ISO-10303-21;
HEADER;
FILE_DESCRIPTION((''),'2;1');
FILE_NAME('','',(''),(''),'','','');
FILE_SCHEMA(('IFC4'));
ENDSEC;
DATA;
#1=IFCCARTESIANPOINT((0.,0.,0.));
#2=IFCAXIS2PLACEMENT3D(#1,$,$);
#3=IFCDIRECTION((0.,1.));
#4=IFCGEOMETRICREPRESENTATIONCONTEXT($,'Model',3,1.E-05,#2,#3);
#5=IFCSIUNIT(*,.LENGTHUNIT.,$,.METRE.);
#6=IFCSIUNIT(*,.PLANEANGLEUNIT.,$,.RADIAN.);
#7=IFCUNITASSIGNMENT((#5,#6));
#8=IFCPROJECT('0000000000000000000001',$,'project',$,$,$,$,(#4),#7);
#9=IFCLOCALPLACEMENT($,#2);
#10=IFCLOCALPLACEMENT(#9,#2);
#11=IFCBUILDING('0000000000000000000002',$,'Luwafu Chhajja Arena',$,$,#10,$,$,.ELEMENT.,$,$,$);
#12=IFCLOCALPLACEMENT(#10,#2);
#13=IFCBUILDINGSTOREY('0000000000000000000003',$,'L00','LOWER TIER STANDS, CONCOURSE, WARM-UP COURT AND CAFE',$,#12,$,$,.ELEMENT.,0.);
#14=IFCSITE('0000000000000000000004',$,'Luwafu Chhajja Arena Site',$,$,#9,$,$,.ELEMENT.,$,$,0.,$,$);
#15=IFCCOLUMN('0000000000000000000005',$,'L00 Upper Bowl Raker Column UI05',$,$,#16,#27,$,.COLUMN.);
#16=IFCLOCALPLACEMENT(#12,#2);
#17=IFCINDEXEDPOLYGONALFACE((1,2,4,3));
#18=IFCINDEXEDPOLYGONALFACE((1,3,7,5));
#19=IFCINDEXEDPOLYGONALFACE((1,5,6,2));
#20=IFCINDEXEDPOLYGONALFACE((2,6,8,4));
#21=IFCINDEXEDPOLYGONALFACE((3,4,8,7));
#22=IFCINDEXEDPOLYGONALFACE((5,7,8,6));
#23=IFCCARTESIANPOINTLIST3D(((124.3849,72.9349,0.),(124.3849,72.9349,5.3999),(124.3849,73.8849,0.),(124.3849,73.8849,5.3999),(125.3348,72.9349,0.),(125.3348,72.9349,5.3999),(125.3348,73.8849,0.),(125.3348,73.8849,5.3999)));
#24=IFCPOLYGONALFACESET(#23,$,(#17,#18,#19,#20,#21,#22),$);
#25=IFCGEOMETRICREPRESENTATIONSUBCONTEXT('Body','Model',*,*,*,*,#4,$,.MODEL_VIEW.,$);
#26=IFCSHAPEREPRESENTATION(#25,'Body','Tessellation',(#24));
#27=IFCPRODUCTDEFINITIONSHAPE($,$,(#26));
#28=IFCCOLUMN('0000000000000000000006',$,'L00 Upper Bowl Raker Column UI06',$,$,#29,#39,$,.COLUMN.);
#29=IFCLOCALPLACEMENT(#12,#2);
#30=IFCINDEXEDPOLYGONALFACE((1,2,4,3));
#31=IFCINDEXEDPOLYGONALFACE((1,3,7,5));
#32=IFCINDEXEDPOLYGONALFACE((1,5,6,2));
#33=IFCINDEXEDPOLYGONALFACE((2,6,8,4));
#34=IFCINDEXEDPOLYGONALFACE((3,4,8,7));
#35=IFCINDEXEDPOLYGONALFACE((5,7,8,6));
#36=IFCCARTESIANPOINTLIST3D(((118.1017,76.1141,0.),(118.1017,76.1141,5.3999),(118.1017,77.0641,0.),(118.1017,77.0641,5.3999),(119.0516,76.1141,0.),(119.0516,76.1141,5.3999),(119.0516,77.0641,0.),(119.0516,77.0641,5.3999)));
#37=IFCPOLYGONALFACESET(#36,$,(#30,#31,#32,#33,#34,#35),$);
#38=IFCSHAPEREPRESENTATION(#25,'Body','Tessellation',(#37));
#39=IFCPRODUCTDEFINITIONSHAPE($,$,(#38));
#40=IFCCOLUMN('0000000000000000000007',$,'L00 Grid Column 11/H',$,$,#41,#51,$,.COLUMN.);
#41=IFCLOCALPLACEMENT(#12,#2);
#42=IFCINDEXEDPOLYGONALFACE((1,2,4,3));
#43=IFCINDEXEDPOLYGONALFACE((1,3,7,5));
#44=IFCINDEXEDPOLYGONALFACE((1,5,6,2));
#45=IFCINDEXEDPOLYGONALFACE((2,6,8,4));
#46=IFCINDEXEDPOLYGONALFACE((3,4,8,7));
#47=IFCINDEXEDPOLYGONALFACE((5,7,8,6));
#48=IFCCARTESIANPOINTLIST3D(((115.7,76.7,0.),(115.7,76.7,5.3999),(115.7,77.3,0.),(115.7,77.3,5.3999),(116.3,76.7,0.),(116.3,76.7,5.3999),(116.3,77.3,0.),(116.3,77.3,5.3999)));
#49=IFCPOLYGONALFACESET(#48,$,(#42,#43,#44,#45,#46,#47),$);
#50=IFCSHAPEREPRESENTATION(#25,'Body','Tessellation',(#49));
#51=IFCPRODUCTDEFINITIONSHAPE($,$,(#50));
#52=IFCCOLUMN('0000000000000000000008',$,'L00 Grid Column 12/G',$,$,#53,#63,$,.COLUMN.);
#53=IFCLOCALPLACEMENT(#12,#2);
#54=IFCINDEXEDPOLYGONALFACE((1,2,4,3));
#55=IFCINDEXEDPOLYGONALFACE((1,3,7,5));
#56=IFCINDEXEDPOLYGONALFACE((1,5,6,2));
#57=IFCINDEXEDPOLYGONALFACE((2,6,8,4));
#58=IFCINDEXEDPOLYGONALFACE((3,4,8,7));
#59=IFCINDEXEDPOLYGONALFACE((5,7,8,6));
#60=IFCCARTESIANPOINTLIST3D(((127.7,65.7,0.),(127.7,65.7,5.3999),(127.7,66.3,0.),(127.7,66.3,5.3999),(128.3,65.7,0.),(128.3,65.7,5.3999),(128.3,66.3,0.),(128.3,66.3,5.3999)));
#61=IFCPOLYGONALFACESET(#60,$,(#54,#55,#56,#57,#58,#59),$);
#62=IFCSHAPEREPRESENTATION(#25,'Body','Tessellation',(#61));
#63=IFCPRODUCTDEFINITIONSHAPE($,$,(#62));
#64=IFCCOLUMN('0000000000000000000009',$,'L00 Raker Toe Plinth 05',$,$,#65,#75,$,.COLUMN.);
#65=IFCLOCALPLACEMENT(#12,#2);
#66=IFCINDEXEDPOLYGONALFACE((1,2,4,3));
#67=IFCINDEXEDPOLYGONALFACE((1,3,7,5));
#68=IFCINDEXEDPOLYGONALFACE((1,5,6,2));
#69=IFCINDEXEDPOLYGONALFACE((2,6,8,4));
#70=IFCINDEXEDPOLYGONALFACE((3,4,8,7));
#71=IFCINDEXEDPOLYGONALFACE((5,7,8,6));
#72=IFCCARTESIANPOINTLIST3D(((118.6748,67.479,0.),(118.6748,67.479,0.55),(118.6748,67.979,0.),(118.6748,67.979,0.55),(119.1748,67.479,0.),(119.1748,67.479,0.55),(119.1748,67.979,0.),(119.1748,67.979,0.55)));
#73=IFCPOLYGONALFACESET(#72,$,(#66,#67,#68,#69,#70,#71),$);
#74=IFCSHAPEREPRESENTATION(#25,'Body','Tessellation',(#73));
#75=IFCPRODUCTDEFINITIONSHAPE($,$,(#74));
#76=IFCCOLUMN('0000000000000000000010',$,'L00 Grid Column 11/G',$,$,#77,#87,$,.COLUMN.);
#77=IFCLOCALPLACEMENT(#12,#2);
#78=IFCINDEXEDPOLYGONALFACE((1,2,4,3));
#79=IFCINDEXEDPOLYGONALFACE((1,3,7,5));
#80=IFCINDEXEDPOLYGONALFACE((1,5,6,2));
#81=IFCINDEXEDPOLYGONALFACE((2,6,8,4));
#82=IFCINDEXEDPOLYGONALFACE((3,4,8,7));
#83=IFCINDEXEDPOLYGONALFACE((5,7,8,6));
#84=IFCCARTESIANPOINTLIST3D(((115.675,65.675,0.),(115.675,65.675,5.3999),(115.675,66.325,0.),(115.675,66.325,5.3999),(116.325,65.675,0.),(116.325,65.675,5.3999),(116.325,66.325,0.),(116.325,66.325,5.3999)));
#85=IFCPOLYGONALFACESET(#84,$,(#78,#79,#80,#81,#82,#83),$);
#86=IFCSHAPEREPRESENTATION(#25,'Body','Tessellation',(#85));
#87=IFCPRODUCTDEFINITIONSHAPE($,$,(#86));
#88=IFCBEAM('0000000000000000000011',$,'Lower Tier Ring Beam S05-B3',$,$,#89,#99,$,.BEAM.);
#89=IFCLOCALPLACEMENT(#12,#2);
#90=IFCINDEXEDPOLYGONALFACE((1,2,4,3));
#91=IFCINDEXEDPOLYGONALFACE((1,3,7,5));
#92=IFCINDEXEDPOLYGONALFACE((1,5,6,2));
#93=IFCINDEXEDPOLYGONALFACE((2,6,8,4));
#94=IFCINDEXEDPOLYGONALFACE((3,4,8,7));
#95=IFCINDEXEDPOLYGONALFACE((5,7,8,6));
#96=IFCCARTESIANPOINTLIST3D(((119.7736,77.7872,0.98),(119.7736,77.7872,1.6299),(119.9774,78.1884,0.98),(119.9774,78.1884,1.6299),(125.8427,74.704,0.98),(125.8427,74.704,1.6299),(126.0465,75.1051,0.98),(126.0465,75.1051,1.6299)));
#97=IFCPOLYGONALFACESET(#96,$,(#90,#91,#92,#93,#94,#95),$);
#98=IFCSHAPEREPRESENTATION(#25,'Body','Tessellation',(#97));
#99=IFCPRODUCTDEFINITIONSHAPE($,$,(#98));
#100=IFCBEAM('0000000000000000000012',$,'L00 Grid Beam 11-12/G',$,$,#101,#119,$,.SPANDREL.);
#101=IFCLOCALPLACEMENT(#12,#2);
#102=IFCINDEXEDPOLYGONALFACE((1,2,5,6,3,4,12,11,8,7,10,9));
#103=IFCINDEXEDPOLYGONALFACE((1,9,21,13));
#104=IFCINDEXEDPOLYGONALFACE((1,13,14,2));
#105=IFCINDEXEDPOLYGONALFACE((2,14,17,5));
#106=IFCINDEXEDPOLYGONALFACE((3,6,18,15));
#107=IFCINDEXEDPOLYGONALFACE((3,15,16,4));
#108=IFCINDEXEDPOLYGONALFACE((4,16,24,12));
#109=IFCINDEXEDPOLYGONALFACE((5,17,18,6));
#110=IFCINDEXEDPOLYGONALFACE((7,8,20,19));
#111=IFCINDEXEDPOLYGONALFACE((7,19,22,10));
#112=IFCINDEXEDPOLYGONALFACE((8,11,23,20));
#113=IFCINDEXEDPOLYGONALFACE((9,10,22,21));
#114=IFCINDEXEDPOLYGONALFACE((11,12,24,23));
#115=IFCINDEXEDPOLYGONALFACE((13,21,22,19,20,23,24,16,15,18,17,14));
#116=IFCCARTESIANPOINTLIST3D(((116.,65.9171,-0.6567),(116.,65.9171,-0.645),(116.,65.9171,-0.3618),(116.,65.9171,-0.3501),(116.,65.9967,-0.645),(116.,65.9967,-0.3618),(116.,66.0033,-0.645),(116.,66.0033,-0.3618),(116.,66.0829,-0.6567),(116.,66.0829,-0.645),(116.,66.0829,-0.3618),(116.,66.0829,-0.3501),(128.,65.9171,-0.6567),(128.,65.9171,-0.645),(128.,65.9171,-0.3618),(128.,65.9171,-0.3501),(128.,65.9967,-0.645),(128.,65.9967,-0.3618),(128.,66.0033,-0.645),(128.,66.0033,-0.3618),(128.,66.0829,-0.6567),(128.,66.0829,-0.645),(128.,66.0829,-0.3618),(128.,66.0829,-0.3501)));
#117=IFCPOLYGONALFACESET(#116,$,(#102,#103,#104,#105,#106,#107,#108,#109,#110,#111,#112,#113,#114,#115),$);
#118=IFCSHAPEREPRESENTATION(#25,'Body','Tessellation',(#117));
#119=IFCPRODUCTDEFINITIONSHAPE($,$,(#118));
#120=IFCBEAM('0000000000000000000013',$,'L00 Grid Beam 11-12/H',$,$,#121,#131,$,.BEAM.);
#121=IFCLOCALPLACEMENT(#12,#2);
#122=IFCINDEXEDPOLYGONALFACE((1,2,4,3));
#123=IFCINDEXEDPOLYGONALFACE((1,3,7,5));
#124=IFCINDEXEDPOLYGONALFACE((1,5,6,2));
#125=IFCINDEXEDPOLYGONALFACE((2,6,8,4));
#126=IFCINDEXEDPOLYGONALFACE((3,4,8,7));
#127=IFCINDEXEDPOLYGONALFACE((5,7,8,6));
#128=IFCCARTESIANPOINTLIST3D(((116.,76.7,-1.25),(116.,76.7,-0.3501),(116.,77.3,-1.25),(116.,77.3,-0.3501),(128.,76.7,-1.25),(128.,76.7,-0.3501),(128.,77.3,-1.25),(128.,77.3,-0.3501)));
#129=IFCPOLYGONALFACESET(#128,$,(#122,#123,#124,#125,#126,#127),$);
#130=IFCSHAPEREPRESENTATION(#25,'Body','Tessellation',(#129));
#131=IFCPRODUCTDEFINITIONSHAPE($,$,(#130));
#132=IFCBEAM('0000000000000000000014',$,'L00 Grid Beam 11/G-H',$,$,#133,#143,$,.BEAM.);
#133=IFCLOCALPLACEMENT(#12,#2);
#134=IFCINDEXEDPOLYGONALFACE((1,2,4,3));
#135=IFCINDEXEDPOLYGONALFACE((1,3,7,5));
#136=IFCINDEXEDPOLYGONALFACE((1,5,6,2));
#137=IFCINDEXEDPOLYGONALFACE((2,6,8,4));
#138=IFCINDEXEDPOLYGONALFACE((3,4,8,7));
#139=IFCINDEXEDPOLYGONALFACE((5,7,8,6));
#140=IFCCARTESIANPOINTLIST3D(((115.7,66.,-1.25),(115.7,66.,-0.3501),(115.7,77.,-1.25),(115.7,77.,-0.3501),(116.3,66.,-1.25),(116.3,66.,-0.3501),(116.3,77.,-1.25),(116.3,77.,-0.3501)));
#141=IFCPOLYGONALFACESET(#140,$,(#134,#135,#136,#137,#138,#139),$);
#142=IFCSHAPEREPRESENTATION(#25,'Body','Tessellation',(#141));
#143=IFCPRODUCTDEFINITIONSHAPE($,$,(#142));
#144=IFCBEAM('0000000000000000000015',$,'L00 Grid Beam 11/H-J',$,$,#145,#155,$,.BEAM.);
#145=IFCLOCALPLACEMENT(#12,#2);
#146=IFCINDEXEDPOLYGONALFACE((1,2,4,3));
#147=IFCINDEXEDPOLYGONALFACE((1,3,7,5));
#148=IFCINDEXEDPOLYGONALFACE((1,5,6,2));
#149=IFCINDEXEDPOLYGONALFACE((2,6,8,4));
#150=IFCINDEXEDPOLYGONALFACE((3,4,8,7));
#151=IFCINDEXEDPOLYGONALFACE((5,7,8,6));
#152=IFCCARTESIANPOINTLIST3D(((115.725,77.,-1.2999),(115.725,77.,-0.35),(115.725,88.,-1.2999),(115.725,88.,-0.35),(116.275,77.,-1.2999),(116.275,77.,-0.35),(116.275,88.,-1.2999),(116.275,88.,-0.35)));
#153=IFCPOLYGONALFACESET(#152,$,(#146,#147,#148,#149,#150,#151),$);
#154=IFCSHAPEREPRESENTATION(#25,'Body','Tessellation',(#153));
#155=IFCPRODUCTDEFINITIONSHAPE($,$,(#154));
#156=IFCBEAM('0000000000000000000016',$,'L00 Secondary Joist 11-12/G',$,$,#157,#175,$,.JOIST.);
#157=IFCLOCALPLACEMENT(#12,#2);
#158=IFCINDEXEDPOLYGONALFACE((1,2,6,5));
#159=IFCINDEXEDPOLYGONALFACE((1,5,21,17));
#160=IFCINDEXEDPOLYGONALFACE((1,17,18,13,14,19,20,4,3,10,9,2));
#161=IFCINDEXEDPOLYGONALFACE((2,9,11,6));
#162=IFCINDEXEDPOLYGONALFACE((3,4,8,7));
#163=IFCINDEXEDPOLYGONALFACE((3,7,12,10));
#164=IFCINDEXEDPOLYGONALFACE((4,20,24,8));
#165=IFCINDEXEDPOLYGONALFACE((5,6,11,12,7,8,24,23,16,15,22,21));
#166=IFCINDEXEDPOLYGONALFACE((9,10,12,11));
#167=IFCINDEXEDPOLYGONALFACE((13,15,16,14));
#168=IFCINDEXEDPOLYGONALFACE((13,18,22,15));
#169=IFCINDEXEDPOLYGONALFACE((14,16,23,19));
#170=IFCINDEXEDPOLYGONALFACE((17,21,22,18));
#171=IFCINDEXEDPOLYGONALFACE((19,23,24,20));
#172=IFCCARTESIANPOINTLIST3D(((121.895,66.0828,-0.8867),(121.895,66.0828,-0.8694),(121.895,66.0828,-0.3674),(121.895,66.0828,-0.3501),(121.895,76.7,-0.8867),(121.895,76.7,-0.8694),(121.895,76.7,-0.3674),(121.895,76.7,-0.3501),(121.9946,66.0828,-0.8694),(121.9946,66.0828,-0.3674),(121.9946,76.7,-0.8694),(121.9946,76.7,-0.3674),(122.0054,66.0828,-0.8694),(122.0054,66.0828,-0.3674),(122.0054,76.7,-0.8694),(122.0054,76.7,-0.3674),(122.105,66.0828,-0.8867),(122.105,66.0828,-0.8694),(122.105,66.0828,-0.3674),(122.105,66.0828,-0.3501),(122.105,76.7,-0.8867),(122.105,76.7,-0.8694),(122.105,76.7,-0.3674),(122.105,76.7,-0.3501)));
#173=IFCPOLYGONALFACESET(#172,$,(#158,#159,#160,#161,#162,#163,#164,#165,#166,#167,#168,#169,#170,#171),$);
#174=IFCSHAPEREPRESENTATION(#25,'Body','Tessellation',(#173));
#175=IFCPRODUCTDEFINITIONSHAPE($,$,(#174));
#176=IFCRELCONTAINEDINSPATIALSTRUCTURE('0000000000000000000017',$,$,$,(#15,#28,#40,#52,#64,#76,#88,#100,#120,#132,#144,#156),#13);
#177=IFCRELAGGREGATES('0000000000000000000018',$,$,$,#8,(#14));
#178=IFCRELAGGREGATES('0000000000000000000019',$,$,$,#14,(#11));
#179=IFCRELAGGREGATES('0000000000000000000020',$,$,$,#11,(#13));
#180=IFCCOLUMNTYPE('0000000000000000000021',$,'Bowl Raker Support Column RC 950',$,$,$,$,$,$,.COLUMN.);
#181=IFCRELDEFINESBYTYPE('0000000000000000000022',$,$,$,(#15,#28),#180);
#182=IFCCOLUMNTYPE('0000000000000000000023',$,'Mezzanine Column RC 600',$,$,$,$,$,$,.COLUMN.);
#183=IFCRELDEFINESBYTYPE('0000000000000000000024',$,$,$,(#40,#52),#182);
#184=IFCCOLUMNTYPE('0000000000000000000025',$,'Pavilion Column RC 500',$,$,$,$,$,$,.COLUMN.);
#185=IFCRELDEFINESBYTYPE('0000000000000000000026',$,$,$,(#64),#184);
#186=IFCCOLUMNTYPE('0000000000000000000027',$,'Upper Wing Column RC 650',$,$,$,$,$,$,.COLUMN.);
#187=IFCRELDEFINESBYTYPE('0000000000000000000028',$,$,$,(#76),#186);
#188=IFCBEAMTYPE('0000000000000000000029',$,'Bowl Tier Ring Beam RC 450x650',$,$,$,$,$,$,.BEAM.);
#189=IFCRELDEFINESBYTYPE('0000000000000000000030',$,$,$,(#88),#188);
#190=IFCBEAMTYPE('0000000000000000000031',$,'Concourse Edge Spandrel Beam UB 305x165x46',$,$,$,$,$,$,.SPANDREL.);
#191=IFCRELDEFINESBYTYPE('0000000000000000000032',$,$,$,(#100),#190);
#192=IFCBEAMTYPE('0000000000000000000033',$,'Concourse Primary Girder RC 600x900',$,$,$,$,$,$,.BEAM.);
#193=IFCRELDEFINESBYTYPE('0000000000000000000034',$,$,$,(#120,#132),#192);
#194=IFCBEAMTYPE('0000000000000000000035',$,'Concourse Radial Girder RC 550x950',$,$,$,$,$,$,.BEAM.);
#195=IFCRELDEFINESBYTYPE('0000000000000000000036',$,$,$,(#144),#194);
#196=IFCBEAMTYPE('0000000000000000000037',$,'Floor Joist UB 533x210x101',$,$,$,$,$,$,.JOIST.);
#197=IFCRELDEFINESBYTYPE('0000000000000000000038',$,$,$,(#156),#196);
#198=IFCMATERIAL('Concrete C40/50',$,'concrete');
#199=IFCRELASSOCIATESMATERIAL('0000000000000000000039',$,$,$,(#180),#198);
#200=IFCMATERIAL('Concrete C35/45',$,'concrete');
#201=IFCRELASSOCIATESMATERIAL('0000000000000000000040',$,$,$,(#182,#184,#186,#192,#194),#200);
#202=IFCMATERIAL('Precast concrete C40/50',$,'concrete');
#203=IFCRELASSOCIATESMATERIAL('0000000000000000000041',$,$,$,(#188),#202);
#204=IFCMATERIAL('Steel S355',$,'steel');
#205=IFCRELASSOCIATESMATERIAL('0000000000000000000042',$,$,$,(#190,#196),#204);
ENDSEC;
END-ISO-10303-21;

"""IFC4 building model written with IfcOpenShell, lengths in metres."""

from ifc_helpers import new_model, si_unit, direction, frame, origin, origin_2d, place, context, subcontext, project, spatial, rectangle, i_section, extrude, material, material_profile, profile_set, type_object, element, save


model = new_model("IFC4")

# Units and contexts
model_context = context("Model", 3, precision=1e-05, world=origin(), true_north=direction((0.0, 1.0)))
body_context = subcontext(model_context, "Body", "Model", "MODEL_VIEW")
ifc_project = project(units=[si_unit("LENGTHUNIT", "METRE"), si_unit("PLANEANGLEUNIT", "RADIAN")], contexts=[model_context])

# Site, building, storey
site_placement = place(None, origin())
site = spatial("IfcSite", under=ifc_project, at=site_placement, Name="Luwafu Chhajja Arena Site", CompositionType="ELEMENT", RefElevation=0.0)
building_placement = place(site_placement, origin())
building = spatial("IfcBuilding", under=site, at=building_placement, Name="Luwafu Chhajja Arena", CompositionType="ELEMENT")
storey_placement = place(building_placement, origin())
storey = spatial("IfcBuildingStorey", under=building, at=storey_placement, Name="L00", Description="LOWER TIER STANDS, CONCOURSE, WARM-UP COURT AND CAFE", CompositionType="ELEMENT", Elevation=0.0)

# Columns
ifc_material_1 = material(Name="Concrete C40/50", Category="concrete")
ifc_material_profile_1 = material_profile(ifc_material_1, rectangle(XDim=0.95, YDim=0.95, at=origin_2d()), Name="RC 950x950")
ifc_profile_set_1 = profile_set([ifc_material_profile_1], Name="Concrete C40/50")
column_type_1 = type_object("IfcColumnType", Name="Bowl Raker Support Column RC 950", PredefinedType="COLUMN", material=ifc_profile_set_1)
for number, where, z_axis, x_axis, name in (
    (1, (124.8599, 73.4099, 0.0), (0.0, 0.0, 1.0), (1.0, 0.0, 0.0), "L00 Upper Bowl Raker Column UI05"),
    (2, (118.5767, 76.5891, 0.0), (0.0, 0.0, 1.0), (1.0, 0.0, 0.0), "L00 Upper Bowl Raker Column UI06"),
):
    element("IfcColumn", number, at=place(storey_placement, frame(where, z_axis=z_axis, x_axis=x_axis)), inside=storey, type_object=column_type_1, Name=name, PredefinedType="COLUMN", context=body_context, shape_type="SweptSolid", body=[
        extrude(rectangle(XDim=0.95, YDim=0.95, at=origin_2d()), origin(), (0.0, 0.0, 1.0), 5.3999),
    ])
ifc_material_2 = material(Name="Concrete C35/45", Category="concrete")
ifc_material_profile_2 = material_profile(ifc_material_2, rectangle(XDim=0.6001, YDim=0.6001, at=origin_2d()), Name="RC 600x600")
ifc_profile_set_2 = profile_set([ifc_material_profile_2], Name="Concrete C35/45")
column_type_2 = type_object("IfcColumnType", Name="Mezzanine Column RC 600", PredefinedType="COLUMN", material=ifc_profile_set_2)
for number, where, z_axis, x_axis, name in (
    (3, (116.0, 77.0, 0.0), (0.0, 0.0, 1.0), (1.0, 0.0, 0.0), "L00 Grid Column 11/H"),
    (4, (128.0, 66.0, 0.0), (0.0, 0.0, 1.0), (1.0, 0.0, 0.0), "L00 Grid Column 12/G"),
):
    element("IfcColumn", number, at=place(storey_placement, frame(where, z_axis=z_axis, x_axis=x_axis)), inside=storey, type_object=column_type_2, Name=name, PredefinedType="COLUMN", context=body_context, shape_type="SweptSolid", body=[
        extrude(rectangle(XDim=0.6001, YDim=0.6001, at=origin_2d()), origin(), (0.0, 0.0, 1.0), 5.3999),
    ])
ifc_material_profile_3 = material_profile(ifc_material_2, rectangle(XDim=0.5, YDim=0.5, at=origin_2d()), Name="RC 500x500")
ifc_profile_set_3 = profile_set([ifc_material_profile_3], Name="Concrete C35/45")
column_type_3 = type_object("IfcColumnType", Name="Pavilion Column RC 500", PredefinedType="COLUMN", material=ifc_profile_set_3)
column_1_placement = place(storey_placement, frame((118.9248, 67.729, 0.0), z_axis=(0.0, 0.0, 1.0), x_axis=(1.0, 0.0, 0.0)))
element("IfcColumn", 5, at=column_1_placement, inside=storey, type_object=column_type_3, Name="L00 Raker Toe Plinth 05", PredefinedType="COLUMN", context=body_context, shape_type="SweptSolid", body=[
    extrude(rectangle(XDim=0.5, YDim=0.5, at=origin_2d()), origin(), (0.0, 0.0, 1.0), 0.55),
])
ifc_material_profile_4 = material_profile(ifc_material_2, rectangle(XDim=0.6499, YDim=0.6499, at=origin_2d()), Name="RC 650x650")
ifc_profile_set_4 = profile_set([ifc_material_profile_4], Name="Concrete C35/45")
column_type_4 = type_object("IfcColumnType", Name="Upper Wing Column RC 650", PredefinedType="COLUMN", material=ifc_profile_set_4)
column_2_placement = place(storey_placement, frame((116.0, 66.0, 0.0), z_axis=(0.0, 0.0, 1.0), x_axis=(1.0, 0.0, 0.0)))
element("IfcColumn", 6, at=column_2_placement, inside=storey, type_object=column_type_4, Name="L00 Grid Column 11/G", PredefinedType="COLUMN", context=body_context, shape_type="SweptSolid", body=[
    extrude(rectangle(XDim=0.6499, YDim=0.6499, at=origin_2d()), origin(), (0.0, 0.0, 1.0), 5.3999),
])

# Beams
ifc_material_3 = material(Name="Precast concrete C40/50", Category="concrete")
ifc_material_profile_5 = material_profile(ifc_material_3, rectangle(XDim=0.45, YDim=0.6499, at=origin_2d()), Name="RC 450x650")
ifc_profile_set_5 = profile_set([ifc_material_profile_5], Name="Precast concrete C40/50")
beam_type_1 = type_object("IfcBeamType", Name="Bowl Tier Ring Beam RC 450x650", PredefinedType="BEAM", material=ifc_profile_set_5)
beam_1_placement = place(storey_placement, frame((125.9446, 74.9045, 1.3049), z_axis=(-0.891547, 0.452928, 0.0), x_axis=(-0.452928, -0.891547, 0.0)))
element("IfcBeam", 7, at=beam_1_placement, inside=storey, type_object=beam_type_1, Name="Lower Tier Ring Beam S05-B3", PredefinedType="BEAM", context=body_context, shape_type="SweptSolid", body=[
    extrude(rectangle(XDim=0.45, YDim=0.6499, at=origin_2d()), origin(), (0.0, 0.0, 1.0), 6.8074),
])
ifc_material_4 = material(Name="Steel S355", Category="steel")
ifc_material_profile_6 = material_profile(ifc_material_4, i_section(OverallWidth=0.1658, OverallDepth=0.3066, WebThickness=0.0066, FlangeThickness=0.0117, at=origin_2d()), Name="UB 305x165x46")
ifc_profile_set_6 = profile_set([ifc_material_profile_6], Name="Steel S355")
beam_type_2 = type_object("IfcBeamType", Name="Concourse Edge Spandrel Beam UB 305x165x46", PredefinedType="SPANDREL", material=ifc_profile_set_6)
beam_2_placement = place(storey_placement, frame((116.0, 66.0, -0.5034), z_axis=(1.0, 0.0, 0.0), x_axis=(0.0, 1.0, 0.0)))
element("IfcBeam", 8, at=beam_2_placement, inside=storey, type_object=beam_type_2, Name="L00 Grid Beam 11-12/G", PredefinedType="SPANDREL", context=body_context, shape_type="SweptSolid", body=[
    extrude(i_section(OverallWidth=0.1658, OverallDepth=0.3066, WebThickness=0.0066, FlangeThickness=0.0117, at=origin_2d()), origin(), (0.0, 0.0, 1.0), 12.0),
])
ifc_material_profile_7 = material_profile(ifc_material_2, rectangle(XDim=0.6001, YDim=0.8999, at=origin_2d()), Name="RC 600x900")
ifc_profile_set_7 = profile_set([ifc_material_profile_7], Name="Concrete C35/45")
beam_type_3 = type_object("IfcBeamType", Name="Concourse Primary Girder RC 600x900", PredefinedType="BEAM", material=ifc_profile_set_7)
beam_3_placement = place(storey_placement, frame((116.0, 77.0, -0.8), z_axis=(1.0, 0.0, 0.0), x_axis=(0.0, 1.0, 0.0)))
element("IfcBeam", 9, at=beam_3_placement, inside=storey, type_object=beam_type_3, Name="L00 Grid Beam 11-12/H", PredefinedType="BEAM", context=body_context, shape_type="SweptSolid", body=[
    extrude(rectangle(XDim=0.6001, YDim=0.8999, at=origin_2d()), origin(), (0.0, 0.0, 1.0), 12.0),
])
beam_4_placement = place(storey_placement, frame((116.0, 66.0, -0.8), z_axis=(0.0, 1.0, 0.0), x_axis=(-1.0, 0.0, 0.0)))
element("IfcBeam", 10, at=beam_4_placement, inside=storey, type_object=beam_type_3, Name="L00 Grid Beam 11/G-H", PredefinedType="BEAM", context=body_context, shape_type="SweptSolid", body=[
    extrude(rectangle(XDim=0.6001, YDim=0.8999, at=origin_2d()), origin(), (0.0, 0.0, 1.0), 11.0),
])
ifc_material_profile_8 = material_profile(ifc_material_2, rectangle(XDim=0.55, YDim=0.95, at=origin_2d()), Name="RC 550x950")
ifc_profile_set_8 = profile_set([ifc_material_profile_8], Name="Concrete C35/45")
beam_type_4 = type_object("IfcBeamType", Name="Concourse Radial Girder RC 550x950", PredefinedType="BEAM", material=ifc_profile_set_8)
beam_5_placement = place(storey_placement, frame((116.0, 77.0, -0.825), z_axis=(0.0, 1.0, 0.0), x_axis=(-1.0, 0.0, 0.0)))
element("IfcBeam", 11, at=beam_5_placement, inside=storey, type_object=beam_type_4, Name="L00 Grid Beam 11/H-J", PredefinedType="BEAM", context=body_context, shape_type="SweptSolid", body=[
    extrude(rectangle(XDim=0.55, YDim=0.95, at=origin_2d()), origin(), (0.0, 0.0, 1.0), 11.0),
])
ifc_material_profile_9 = material_profile(ifc_material_4, i_section(OverallWidth=0.21, OverallDepth=0.5366, WebThickness=0.0107, FlangeThickness=0.0173, at=origin_2d()), Name="UB 533x210x101")
ifc_profile_set_9 = profile_set([ifc_material_profile_9], Name="Steel S355")
beam_type_5 = type_object("IfcBeamType", Name="Floor Joist UB 533x210x101", PredefinedType="JOIST", material=ifc_profile_set_9)
beam_6_placement = place(storey_placement, frame((122.0, 66.0828, -0.6184), z_axis=(0.0, 1.0, 0.0), x_axis=(-1.0, 0.0, 0.0)))
element("IfcBeam", 12, at=beam_6_placement, inside=storey, type_object=beam_type_5, Name="L00 Secondary Joist 11-12/G", PredefinedType="JOIST", context=body_context, shape_type="SweptSolid", body=[
    extrude(i_section(OverallWidth=0.21, OverallDepth=0.5366, WebThickness=0.0107, FlangeThickness=0.0173, at=origin_2d()), origin(), (0.0, 0.0, 1.0), 10.6172),
])

save(model, "model.ifc")
